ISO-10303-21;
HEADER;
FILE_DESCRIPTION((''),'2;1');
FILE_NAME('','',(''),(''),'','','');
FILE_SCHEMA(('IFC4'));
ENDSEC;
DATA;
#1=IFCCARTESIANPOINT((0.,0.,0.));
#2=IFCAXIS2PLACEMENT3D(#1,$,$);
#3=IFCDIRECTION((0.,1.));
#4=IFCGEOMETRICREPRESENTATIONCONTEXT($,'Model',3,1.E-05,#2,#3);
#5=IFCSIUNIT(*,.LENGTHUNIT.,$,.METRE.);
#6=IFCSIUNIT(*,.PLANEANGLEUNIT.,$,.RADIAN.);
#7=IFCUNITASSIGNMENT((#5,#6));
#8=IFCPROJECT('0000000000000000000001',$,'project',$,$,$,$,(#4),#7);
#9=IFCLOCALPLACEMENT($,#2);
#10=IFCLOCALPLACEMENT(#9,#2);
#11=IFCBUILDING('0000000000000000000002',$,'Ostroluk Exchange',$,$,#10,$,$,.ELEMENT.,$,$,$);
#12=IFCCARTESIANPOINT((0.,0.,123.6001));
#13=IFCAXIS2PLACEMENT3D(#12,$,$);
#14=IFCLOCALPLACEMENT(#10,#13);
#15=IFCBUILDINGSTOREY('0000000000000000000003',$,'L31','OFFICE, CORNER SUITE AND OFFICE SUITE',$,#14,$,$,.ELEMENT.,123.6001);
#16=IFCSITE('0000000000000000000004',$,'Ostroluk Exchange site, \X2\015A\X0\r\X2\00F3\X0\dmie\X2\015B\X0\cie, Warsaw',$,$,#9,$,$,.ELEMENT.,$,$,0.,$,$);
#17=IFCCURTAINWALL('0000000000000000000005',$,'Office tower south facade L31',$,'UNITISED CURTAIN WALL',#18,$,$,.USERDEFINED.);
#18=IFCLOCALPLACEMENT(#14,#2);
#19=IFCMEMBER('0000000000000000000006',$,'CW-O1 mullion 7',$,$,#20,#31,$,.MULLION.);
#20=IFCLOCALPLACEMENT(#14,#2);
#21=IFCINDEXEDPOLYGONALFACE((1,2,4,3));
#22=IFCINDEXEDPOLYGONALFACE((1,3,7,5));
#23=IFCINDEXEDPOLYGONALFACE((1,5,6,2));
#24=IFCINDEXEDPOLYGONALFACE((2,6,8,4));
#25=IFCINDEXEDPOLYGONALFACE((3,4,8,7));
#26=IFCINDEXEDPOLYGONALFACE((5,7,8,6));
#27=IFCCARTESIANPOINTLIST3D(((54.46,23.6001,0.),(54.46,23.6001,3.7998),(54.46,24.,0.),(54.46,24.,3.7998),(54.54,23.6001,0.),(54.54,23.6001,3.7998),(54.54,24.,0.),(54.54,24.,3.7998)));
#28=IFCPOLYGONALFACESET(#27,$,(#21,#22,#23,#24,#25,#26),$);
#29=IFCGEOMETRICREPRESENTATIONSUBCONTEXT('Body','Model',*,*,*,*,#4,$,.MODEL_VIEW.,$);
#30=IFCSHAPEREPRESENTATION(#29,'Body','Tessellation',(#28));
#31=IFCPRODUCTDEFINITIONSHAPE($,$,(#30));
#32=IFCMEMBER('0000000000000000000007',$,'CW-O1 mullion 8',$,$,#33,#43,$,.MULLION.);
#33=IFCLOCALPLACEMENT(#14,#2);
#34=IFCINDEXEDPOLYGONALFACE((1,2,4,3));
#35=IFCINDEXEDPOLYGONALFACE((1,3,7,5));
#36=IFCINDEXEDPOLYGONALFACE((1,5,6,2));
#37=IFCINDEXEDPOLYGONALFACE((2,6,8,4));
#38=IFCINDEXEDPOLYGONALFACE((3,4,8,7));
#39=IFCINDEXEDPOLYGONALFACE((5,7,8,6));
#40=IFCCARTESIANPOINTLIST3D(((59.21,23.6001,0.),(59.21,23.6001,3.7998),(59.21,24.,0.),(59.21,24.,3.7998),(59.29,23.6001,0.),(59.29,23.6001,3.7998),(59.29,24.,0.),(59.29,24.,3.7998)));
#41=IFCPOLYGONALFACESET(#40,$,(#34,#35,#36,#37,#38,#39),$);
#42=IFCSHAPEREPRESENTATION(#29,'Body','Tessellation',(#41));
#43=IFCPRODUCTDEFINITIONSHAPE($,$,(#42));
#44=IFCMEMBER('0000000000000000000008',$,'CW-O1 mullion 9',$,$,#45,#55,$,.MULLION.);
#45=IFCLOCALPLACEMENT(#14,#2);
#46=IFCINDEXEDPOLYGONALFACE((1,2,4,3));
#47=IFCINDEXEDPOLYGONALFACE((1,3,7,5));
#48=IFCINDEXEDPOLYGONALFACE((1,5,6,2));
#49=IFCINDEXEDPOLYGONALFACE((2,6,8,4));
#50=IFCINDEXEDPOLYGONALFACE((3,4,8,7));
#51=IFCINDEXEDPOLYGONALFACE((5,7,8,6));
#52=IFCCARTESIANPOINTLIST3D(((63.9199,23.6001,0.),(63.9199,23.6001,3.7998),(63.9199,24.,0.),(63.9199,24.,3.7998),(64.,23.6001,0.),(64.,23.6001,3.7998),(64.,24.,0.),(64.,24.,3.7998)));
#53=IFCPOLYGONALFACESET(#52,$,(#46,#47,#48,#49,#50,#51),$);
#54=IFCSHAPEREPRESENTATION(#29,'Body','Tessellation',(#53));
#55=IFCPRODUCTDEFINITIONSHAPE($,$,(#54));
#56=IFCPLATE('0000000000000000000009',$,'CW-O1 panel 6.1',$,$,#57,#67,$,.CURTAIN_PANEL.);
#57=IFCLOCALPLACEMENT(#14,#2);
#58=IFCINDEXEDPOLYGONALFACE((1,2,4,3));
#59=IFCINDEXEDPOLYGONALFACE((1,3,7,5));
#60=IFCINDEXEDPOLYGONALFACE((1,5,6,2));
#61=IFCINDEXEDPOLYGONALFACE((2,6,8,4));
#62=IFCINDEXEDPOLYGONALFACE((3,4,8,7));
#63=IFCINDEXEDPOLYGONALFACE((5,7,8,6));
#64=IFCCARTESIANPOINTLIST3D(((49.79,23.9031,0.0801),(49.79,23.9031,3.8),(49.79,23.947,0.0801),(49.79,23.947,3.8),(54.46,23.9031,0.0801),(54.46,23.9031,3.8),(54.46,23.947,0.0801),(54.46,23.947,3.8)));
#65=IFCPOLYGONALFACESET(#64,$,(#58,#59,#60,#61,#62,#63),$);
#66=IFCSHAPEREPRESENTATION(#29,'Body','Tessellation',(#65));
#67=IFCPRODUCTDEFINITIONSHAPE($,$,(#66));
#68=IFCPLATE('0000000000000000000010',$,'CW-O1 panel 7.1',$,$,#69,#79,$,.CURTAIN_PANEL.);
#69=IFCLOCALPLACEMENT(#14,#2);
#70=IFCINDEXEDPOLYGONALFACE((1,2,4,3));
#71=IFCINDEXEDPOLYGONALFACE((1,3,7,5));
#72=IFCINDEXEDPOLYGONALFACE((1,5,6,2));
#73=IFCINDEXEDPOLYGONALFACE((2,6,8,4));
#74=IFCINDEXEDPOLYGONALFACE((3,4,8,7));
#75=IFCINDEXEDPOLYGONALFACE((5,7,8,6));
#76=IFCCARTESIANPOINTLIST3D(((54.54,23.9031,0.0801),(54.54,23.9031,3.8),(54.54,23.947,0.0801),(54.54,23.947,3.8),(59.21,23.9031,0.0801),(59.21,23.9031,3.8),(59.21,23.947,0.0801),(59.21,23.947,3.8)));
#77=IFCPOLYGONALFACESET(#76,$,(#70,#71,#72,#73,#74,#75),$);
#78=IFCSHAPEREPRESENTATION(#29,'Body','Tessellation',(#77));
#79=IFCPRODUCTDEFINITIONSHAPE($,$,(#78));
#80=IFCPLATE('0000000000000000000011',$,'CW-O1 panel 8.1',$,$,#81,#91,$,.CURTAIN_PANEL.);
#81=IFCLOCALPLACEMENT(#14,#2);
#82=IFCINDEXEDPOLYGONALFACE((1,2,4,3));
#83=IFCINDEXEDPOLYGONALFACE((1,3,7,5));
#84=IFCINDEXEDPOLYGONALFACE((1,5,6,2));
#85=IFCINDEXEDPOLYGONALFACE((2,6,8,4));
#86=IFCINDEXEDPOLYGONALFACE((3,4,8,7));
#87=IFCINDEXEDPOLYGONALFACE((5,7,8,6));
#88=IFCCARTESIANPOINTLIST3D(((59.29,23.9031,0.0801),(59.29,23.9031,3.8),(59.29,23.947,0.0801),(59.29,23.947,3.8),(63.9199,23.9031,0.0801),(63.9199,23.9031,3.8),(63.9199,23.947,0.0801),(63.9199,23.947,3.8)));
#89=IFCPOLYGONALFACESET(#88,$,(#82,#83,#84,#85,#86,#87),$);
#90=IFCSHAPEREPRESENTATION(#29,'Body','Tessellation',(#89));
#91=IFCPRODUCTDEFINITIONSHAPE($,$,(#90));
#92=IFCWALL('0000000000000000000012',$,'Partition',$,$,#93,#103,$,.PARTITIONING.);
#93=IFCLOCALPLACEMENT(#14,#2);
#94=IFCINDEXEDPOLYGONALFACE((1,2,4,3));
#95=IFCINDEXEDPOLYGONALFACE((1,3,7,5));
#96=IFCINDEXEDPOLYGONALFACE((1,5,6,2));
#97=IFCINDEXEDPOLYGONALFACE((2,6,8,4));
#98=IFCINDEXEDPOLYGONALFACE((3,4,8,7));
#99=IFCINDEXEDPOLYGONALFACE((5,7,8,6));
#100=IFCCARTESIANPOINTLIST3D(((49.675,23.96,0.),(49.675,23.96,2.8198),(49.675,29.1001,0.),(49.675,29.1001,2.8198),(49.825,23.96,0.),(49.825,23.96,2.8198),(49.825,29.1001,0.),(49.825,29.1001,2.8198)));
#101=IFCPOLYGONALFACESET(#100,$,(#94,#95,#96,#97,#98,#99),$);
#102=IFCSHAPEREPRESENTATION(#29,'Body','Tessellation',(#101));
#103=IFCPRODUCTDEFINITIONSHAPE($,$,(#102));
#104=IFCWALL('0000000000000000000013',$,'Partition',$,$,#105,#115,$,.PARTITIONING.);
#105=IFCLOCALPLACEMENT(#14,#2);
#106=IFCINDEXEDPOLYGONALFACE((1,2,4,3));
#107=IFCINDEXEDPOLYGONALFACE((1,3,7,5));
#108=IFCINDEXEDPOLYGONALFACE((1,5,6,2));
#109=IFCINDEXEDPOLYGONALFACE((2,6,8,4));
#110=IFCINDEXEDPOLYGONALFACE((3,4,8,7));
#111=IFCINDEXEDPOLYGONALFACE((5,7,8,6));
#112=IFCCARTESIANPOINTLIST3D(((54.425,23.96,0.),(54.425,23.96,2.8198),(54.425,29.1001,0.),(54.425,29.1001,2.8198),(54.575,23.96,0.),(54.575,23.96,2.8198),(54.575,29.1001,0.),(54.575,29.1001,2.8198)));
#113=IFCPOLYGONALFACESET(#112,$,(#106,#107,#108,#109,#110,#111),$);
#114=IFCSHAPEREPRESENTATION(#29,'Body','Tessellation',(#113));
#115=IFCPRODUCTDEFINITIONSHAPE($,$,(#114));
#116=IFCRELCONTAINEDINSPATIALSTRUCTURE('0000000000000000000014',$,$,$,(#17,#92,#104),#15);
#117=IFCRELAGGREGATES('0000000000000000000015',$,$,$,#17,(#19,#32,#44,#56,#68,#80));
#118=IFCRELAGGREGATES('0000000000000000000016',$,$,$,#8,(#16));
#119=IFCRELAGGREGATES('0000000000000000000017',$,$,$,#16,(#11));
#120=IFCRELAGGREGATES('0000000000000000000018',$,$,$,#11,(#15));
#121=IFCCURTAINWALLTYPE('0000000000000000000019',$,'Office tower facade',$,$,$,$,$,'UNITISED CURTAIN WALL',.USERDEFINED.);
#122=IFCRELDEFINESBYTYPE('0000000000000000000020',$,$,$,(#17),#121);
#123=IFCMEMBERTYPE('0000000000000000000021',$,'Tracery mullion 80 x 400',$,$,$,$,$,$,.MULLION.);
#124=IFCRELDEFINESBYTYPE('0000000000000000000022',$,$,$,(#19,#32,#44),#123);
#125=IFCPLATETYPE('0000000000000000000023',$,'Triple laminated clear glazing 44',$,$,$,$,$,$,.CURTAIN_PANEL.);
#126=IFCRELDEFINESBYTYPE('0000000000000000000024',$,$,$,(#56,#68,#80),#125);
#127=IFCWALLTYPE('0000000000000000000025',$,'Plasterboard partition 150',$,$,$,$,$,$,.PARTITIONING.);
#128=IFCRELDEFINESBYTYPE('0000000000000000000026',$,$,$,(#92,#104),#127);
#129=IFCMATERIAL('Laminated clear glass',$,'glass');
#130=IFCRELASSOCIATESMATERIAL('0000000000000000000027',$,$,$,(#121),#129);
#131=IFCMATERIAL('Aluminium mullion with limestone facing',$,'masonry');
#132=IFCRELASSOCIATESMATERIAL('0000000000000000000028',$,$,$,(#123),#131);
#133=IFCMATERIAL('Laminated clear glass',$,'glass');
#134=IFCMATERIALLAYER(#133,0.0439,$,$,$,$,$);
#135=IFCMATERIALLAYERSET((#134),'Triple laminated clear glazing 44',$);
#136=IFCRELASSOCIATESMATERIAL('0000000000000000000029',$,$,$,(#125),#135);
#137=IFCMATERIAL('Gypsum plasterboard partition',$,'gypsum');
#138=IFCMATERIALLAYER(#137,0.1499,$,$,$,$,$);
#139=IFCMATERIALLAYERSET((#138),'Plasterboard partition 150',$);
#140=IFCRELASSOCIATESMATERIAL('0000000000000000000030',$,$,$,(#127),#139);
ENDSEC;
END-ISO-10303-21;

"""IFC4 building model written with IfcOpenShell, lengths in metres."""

from ifc_helpers import new_model, si_unit, direction, frame, frame_2d, origin, origin_2d, place, context, subcontext, project, spatial, rectangle, extrude, material, layer, layer_set, material_profile, profile_set, type_object, element, aggregate, save


model = new_model("IFC4")

# Units and contexts
model_context = context("Model", 3, precision=1e-05, world=origin(), true_north=direction((0.0, 1.0)))
body_context = subcontext(model_context, "Body", "Model", "MODEL_VIEW")
ifc_project = project(units=[si_unit("LENGTHUNIT", "METRE"), si_unit("PLANEANGLEUNIT", "RADIAN")], contexts=[model_context])

# Site, building, storey
site_placement = place(None, origin())
site = spatial("IfcSite", under=ifc_project, at=site_placement, Name="Ostroluk Exchange site, Śródmieście, Warsaw", CompositionType="ELEMENT", RefElevation=0.0)
building_placement = place(site_placement, origin())
building = spatial("IfcBuilding", under=site, at=building_placement, Name="Ostroluk Exchange", CompositionType="ELEMENT")
storey_placement = place(building_placement, frame((0.0, 0.0, 123.6001)))
storey = spatial("IfcBuildingStorey", under=building, at=storey_placement, Name="L31", Description="OFFICE, CORNER SUITE AND OFFICE SUITE", CompositionType="ELEMENT", Elevation=123.6001)

# Curtain wall, members, plates
ifc_material_1 = material(Name="Laminated clear glass", Category="glass")
curtain_wall_type = type_object("IfcCurtainWallType", Name="Office tower facade", ElementType="UNITISED CURTAIN WALL", PredefinedType="USERDEFINED", material=ifc_material_1)
curtain_wall_placement = place(storey_placement, origin())
curtain_wall = element("IfcCurtainWall", 1, at=curtain_wall_placement, inside=storey, type_object=curtain_wall_type, Name="Office tower south facade L31", ObjectType="UNITISED CURTAIN WALL", PredefinedType="USERDEFINED")
ifc_material_2 = material(Name="Aluminium mullion with limestone facing", Category="masonry")
ifc_material_profile_1 = material_profile(ifc_material_2, rectangle(XDim=0.3999, YDim=0.0801, at=origin_2d()), Name="Tracery mullion 80 x 400")
ifc_profile_set_1 = profile_set([ifc_material_profile_1], Name="Aluminium mullion with limestone facing")
member_type_1 = type_object("IfcMemberType", Name="Tracery mullion 80 x 400", PredefinedType="MULLION", material=ifc_profile_set_1)
member_1_placement = place(storey_placement, frame((54.5, 23.8, 0.0), z_axis=(0.0, 0.0, 1.0), x_axis=(0.0, 1.0, 0.0)))
member_1 = element("IfcMember", 2, at=member_1_placement, type_object=member_type_1, Name="CW-O1 mullion 7", PredefinedType="MULLION", context=body_context, shape_type="SweptSolid", body=[
    extrude(rectangle(XDim=0.3999, YDim=0.0801, at=origin_2d()), origin(), (0.0, 0.0, 1.0), 3.7998),
])
member_2_placement = place(storey_placement, frame((59.25, 23.8, 0.0), z_axis=(0.0, 0.0, 1.0), x_axis=(0.0, 1.0, 0.0)))
member_2 = element("IfcMember", 3, at=member_2_placement, type_object=member_type_1, Name="CW-O1 mullion 8", PredefinedType="MULLION", context=body_context, shape_type="SweptSolid", body=[
    extrude(rectangle(XDim=0.3999, YDim=0.0801, at=origin_2d()), origin(), (0.0, 0.0, 1.0), 3.7998),
])
member_3_placement = place(storey_placement, frame((63.96, 23.8, 0.0), z_axis=(0.0, 0.0, 1.0), x_axis=(0.0, 1.0, 0.0)))
member_3 = element("IfcMember", 4, at=member_3_placement, type_object=member_type_1, Name="CW-O1 mullion 9", PredefinedType="MULLION", context=body_context, shape_type="SweptSolid", body=[
    extrude(rectangle(XDim=0.3999, YDim=0.0801, at=origin_2d()), origin(), (0.0, 0.0, 1.0), 3.7998),
])
ifc_material_3 = material(Name="Laminated clear glass", Category="glass")
ifc_layer_1 = layer(ifc_material_3, 0.0439)
ifc_layer_set_1 = layer_set([ifc_layer_1], Name="Triple laminated clear glazing 44")
plate_type = type_object("IfcPlateType", Name="Triple laminated clear glazing 44", PredefinedType="CURTAIN_PANEL", material=ifc_layer_set_1)
plate_1_placement = place(storey_placement, frame((52.125, 23.925, 0.0801), z_axis=(0.0, 0.0, 1.0), x_axis=(1.0, 0.0, 0.0)))
plate_1 = element("IfcPlate", 5, at=plate_1_placement, type_object=plate_type, Name="CW-O1 panel 6.1", PredefinedType="CURTAIN_PANEL", context=body_context, shape_type="SweptSolid", body=[
    extrude(rectangle(XDim=4.6699, YDim=0.0439, at=origin_2d()), origin(), (0.0, 0.0, 1.0), 3.72),
])
plate_2_placement = place(storey_placement, frame((56.875, 23.925, 0.0801), z_axis=(0.0, 0.0, 1.0), x_axis=(1.0, 0.0, 0.0)))
plate_2 = element("IfcPlate", 6, at=plate_2_placement, type_object=plate_type, Name="CW-O1 panel 7.1", PredefinedType="CURTAIN_PANEL", context=body_context, shape_type="SweptSolid", body=[
    extrude(rectangle(XDim=4.6699, YDim=0.0439, at=origin_2d()), origin(), (0.0, 0.0, 1.0), 3.72),
])
plate_3_placement = place(storey_placement, frame((61.605, 23.925, 0.0801), z_axis=(0.0, 0.0, 1.0), x_axis=(1.0, 0.0, 0.0)))
plate_3 = element("IfcPlate", 7, at=plate_3_placement, type_object=plate_type, Name="CW-O1 panel 8.1", PredefinedType="CURTAIN_PANEL", context=body_context, shape_type="SweptSolid", body=[
    extrude(rectangle(XDim=4.6299, YDim=0.0439, at=origin_2d()), origin(), (0.0, 0.0, 1.0), 3.72),
])
aggregate(curtain_wall, [member_1, member_2, member_3, plate_1, plate_2, plate_3])

# Walls
ifc_material_4 = material(Name="Gypsum plasterboard partition", Category="gypsum")
ifc_layer_2 = layer(ifc_material_4, 0.1499)
ifc_layer_set_2 = layer_set([ifc_layer_2], Name="Plasterboard partition 150")
wall_type_1 = type_object("IfcWallType", Name="Plasterboard partition 150", PredefinedType="PARTITIONING", material=ifc_layer_set_2)
for number, where, z_axis, x_axis, name in (
    (8, (49.75, 29.1001, 0.0), (0.0, 0.0, 1.0), (0.0, -1.0, 0.0), "Partition"),
    (9, (54.5, 29.1001, 0.0), (0.0, 0.0, 1.0), (0.0, -1.0, 0.0), "Partition"),
):
    element("IfcWall", number, at=place(storey_placement, frame(where, z_axis=z_axis, x_axis=x_axis)), inside=storey, type_object=wall_type_1, Name=name, PredefinedType="PARTITIONING", context=body_context, shape_type="SweptSolid", body=[
        extrude(rectangle(XDim=5.1401, YDim=0.1499, at=frame_2d((2.5701, 0.0))), origin(), (0.0, 0.0, 1.0), 2.8198),
    ])

save(model, "model.ifc")
